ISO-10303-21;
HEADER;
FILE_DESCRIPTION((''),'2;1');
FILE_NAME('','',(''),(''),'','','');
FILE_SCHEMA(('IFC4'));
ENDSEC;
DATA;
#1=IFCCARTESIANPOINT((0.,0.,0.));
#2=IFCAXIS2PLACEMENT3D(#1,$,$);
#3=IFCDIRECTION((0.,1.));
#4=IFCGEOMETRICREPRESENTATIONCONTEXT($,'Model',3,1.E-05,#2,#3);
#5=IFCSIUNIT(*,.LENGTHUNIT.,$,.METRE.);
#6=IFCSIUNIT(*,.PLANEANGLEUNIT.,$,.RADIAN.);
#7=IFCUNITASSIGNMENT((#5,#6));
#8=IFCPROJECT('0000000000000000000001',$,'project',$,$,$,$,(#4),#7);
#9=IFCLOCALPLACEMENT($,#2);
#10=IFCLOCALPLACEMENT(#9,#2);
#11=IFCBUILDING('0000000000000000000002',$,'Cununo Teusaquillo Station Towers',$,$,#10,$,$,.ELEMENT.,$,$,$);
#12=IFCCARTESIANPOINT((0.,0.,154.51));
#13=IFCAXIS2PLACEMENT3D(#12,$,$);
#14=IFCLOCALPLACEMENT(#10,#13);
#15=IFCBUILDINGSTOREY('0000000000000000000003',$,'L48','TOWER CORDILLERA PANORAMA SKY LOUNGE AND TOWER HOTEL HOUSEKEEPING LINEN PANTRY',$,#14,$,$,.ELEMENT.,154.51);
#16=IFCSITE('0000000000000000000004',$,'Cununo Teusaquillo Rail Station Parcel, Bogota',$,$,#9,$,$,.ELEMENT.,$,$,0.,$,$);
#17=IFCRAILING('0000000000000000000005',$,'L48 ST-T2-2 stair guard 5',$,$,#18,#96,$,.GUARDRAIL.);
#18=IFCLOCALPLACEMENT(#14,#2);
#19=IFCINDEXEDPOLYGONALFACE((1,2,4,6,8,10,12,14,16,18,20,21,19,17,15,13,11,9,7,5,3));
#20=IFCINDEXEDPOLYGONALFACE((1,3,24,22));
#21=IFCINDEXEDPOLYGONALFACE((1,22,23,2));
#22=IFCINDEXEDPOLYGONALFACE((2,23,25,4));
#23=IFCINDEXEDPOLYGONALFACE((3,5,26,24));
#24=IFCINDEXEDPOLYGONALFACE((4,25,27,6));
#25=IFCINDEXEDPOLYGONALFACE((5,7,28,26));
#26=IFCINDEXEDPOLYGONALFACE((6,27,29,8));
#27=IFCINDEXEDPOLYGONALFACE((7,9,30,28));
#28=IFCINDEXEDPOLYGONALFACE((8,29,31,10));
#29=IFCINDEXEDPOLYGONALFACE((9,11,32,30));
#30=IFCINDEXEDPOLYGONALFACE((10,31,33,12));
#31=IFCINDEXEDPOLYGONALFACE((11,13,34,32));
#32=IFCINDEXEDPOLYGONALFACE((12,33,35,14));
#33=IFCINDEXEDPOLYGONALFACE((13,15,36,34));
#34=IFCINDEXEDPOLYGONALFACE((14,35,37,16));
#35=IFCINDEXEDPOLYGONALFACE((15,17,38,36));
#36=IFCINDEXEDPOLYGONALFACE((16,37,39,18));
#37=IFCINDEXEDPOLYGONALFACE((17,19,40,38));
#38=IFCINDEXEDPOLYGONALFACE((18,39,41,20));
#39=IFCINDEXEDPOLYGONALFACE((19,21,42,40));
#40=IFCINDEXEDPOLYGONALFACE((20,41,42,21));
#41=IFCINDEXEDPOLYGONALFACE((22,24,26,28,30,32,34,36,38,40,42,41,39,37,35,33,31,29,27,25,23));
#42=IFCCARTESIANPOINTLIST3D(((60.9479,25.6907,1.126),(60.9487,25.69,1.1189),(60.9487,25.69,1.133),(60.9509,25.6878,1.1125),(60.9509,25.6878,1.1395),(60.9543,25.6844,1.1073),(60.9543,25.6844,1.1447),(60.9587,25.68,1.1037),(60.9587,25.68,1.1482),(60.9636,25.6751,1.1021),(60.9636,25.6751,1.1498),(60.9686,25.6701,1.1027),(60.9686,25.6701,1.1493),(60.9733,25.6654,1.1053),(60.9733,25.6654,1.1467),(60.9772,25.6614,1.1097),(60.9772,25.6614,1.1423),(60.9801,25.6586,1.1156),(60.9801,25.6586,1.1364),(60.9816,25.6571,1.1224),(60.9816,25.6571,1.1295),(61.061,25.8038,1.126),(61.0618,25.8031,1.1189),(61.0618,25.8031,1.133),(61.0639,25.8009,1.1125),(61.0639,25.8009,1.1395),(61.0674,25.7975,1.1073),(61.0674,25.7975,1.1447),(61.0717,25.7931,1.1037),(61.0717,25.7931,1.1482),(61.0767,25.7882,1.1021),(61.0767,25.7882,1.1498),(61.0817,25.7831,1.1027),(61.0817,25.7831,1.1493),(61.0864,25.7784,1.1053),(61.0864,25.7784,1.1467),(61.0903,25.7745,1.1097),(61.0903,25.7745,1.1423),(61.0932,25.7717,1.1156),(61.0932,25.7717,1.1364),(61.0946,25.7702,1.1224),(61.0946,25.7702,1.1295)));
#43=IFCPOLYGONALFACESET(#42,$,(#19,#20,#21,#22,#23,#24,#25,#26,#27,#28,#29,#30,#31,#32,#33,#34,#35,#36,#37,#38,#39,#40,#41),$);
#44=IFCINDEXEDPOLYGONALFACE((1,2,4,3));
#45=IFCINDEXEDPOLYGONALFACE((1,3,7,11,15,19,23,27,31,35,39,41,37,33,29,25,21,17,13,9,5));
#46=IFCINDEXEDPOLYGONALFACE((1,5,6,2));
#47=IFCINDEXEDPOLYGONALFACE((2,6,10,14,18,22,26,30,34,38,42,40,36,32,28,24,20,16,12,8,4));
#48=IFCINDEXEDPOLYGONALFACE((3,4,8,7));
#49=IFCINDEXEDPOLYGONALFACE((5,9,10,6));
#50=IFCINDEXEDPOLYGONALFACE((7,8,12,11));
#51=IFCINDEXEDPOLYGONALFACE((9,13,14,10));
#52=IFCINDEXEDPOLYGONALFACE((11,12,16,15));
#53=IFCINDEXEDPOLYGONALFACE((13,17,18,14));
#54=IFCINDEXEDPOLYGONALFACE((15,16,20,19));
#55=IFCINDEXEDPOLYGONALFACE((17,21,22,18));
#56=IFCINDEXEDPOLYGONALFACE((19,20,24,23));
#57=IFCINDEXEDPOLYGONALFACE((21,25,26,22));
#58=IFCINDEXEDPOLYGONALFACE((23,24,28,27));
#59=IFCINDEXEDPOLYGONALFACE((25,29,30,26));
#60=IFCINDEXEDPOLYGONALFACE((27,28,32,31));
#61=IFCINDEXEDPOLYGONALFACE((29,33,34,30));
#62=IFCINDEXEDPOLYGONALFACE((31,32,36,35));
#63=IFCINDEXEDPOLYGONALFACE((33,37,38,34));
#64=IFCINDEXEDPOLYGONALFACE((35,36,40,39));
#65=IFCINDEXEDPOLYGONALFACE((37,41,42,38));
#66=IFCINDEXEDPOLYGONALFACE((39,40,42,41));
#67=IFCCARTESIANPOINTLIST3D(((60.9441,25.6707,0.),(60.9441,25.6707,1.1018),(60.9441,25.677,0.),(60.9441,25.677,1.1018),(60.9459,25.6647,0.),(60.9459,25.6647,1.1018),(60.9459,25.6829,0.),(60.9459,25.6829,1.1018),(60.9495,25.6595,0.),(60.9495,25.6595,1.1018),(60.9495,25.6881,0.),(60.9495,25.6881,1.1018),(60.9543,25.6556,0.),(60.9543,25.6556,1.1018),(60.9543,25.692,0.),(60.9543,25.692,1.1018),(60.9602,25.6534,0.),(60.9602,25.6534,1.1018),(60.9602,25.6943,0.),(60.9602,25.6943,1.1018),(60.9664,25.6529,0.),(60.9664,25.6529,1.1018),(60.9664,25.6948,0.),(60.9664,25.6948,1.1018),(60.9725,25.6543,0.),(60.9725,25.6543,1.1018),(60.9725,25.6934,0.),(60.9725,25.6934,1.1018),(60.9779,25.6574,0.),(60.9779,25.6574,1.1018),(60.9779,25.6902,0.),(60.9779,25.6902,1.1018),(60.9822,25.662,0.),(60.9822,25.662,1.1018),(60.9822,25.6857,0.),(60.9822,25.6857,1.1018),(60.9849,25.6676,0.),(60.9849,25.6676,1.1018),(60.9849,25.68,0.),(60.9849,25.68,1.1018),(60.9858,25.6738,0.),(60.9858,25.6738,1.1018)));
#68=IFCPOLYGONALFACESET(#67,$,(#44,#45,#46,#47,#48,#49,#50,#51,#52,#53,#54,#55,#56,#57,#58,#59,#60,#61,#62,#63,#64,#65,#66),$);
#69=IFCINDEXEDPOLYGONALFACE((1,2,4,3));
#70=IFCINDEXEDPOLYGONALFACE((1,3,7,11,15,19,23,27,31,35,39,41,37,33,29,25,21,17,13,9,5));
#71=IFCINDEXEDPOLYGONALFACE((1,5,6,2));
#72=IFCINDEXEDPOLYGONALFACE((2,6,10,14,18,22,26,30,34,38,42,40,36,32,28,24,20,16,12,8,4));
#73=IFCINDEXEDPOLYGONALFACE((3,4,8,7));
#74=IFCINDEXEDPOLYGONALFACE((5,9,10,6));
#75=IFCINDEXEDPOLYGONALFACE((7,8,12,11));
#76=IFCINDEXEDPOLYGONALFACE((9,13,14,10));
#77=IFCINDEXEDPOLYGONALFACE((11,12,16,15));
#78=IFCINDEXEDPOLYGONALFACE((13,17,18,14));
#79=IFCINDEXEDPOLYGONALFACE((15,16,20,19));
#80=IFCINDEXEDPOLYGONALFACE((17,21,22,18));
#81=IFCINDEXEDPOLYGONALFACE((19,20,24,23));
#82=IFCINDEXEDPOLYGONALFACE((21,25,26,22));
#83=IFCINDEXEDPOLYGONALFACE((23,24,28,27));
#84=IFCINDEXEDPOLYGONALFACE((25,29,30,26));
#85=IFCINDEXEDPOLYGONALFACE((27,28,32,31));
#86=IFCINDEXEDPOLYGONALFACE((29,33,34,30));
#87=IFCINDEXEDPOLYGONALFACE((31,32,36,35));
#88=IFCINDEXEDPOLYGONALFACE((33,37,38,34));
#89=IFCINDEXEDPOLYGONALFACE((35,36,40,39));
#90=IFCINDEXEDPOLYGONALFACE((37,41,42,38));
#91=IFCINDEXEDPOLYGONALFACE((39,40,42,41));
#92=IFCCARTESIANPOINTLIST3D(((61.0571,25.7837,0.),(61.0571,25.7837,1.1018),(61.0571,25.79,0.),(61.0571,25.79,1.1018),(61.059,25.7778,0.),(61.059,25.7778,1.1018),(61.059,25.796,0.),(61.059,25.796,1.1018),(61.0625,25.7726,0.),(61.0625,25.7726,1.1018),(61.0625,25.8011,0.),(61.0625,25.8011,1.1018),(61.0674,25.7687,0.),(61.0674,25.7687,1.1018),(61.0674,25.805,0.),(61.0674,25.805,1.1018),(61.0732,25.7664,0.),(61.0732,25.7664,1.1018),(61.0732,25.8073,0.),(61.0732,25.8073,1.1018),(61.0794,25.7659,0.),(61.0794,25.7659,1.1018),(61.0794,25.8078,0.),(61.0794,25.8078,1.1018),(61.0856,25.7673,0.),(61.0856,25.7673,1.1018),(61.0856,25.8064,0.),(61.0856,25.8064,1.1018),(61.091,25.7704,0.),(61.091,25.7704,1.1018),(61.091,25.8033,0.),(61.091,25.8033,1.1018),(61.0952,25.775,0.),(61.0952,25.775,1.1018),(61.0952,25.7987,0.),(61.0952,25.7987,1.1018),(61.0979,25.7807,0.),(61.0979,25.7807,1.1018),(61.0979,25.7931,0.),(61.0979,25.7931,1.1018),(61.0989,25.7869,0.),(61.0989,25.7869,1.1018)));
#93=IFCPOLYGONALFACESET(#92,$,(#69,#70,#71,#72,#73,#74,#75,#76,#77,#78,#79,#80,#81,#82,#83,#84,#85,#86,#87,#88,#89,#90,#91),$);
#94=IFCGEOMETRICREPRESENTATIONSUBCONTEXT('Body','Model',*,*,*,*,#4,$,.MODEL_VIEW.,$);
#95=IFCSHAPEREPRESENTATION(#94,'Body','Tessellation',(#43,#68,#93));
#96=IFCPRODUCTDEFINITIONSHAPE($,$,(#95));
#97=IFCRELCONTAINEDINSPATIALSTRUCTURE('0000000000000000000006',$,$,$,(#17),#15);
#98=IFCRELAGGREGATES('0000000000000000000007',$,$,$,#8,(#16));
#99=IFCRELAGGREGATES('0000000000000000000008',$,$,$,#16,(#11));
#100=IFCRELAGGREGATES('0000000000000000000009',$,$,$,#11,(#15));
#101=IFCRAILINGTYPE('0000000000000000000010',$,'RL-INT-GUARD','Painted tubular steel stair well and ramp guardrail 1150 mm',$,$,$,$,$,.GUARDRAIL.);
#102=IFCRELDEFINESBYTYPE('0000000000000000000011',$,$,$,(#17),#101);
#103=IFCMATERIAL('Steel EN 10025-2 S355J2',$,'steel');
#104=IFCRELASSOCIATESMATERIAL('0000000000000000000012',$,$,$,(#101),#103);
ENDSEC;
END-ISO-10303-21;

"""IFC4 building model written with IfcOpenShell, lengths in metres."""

from ifc_helpers import new_model, si_unit, direction, frame, origin, origin_2d, place, context, subcontext, project, spatial, circle, extrude, material, type_object, element, save


model = new_model("IFC4")

# Units and contexts
model_context = context("Model", 3, precision=1e-05, world=origin(), true_north=direction((0.0, 1.0)))
body_context = subcontext(model_context, "Body", "Model", "MODEL_VIEW")
ifc_project = project(units=[si_unit("LENGTHUNIT", "METRE"), si_unit("PLANEANGLEUNIT", "RADIAN")], contexts=[model_context])

# Site, building, storey
site_placement = place(None, origin())
site = spatial("IfcSite", under=ifc_project, at=site_placement, Name="Cununo Teusaquillo Rail Station Parcel, Bogota", CompositionType="ELEMENT", RefElevation=0.0)
building_placement = place(site_placement, origin())
building = spatial("IfcBuilding", under=site, at=building_placement, Name="Cununo Teusaquillo Station Towers", CompositionType="ELEMENT")
storey_placement = place(building_placement, frame((0.0, 0.0, 154.51)))
storey = spatial("IfcBuildingStorey", under=building, at=storey_placement, Name="L48", Description="TOWER CORDILLERA PANORAMA SKY LOUNGE AND TOWER HOTEL HOUSEKEEPING LINEN PANTRY", CompositionType="ELEMENT", Elevation=154.51)

# Railing
ifc_material_1 = material(Name="Steel EN 10025-2 S355J2", Category="steel")
railing_type_1 = type_object("IfcRailingType", Name="RL-INT-GUARD", Description="Painted tubular steel stair well and ramp guardrail 1150 mm", PredefinedType="GUARDRAIL", material=ifc_material_1)
railing_1_placement = place(storey_placement, frame((60.9648, 25.6738, 0.0)))
element("IfcRailing", 1, at=railing_1_placement, inside=storey, type_object=railing_type_1, Name="L48 ST-T2-2 stair guard 5", PredefinedType="GUARDRAIL", context=body_context, shape_type="SweptSolid", body=[
    extrude(circle(Radius=0.0239, at=origin_2d()), frame((0.0, 0.0, 1.126), z_axis=(0.707107, 0.707107, 0.0), x_axis=(-0.707107, 0.707107, 0.0)), (0.0, 0.0, 1.0), 0.1599),
    extrude(circle(Radius=0.021, at=origin_2d()), origin(), (0.0, 0.0, 1.0), 1.1018),
    extrude(circle(Radius=0.021, at=origin_2d()), frame((0.113, 0.113, 0.0)), (0.0, 0.0, 1.0), 1.1018),
])

save(model, "model.ifc")
